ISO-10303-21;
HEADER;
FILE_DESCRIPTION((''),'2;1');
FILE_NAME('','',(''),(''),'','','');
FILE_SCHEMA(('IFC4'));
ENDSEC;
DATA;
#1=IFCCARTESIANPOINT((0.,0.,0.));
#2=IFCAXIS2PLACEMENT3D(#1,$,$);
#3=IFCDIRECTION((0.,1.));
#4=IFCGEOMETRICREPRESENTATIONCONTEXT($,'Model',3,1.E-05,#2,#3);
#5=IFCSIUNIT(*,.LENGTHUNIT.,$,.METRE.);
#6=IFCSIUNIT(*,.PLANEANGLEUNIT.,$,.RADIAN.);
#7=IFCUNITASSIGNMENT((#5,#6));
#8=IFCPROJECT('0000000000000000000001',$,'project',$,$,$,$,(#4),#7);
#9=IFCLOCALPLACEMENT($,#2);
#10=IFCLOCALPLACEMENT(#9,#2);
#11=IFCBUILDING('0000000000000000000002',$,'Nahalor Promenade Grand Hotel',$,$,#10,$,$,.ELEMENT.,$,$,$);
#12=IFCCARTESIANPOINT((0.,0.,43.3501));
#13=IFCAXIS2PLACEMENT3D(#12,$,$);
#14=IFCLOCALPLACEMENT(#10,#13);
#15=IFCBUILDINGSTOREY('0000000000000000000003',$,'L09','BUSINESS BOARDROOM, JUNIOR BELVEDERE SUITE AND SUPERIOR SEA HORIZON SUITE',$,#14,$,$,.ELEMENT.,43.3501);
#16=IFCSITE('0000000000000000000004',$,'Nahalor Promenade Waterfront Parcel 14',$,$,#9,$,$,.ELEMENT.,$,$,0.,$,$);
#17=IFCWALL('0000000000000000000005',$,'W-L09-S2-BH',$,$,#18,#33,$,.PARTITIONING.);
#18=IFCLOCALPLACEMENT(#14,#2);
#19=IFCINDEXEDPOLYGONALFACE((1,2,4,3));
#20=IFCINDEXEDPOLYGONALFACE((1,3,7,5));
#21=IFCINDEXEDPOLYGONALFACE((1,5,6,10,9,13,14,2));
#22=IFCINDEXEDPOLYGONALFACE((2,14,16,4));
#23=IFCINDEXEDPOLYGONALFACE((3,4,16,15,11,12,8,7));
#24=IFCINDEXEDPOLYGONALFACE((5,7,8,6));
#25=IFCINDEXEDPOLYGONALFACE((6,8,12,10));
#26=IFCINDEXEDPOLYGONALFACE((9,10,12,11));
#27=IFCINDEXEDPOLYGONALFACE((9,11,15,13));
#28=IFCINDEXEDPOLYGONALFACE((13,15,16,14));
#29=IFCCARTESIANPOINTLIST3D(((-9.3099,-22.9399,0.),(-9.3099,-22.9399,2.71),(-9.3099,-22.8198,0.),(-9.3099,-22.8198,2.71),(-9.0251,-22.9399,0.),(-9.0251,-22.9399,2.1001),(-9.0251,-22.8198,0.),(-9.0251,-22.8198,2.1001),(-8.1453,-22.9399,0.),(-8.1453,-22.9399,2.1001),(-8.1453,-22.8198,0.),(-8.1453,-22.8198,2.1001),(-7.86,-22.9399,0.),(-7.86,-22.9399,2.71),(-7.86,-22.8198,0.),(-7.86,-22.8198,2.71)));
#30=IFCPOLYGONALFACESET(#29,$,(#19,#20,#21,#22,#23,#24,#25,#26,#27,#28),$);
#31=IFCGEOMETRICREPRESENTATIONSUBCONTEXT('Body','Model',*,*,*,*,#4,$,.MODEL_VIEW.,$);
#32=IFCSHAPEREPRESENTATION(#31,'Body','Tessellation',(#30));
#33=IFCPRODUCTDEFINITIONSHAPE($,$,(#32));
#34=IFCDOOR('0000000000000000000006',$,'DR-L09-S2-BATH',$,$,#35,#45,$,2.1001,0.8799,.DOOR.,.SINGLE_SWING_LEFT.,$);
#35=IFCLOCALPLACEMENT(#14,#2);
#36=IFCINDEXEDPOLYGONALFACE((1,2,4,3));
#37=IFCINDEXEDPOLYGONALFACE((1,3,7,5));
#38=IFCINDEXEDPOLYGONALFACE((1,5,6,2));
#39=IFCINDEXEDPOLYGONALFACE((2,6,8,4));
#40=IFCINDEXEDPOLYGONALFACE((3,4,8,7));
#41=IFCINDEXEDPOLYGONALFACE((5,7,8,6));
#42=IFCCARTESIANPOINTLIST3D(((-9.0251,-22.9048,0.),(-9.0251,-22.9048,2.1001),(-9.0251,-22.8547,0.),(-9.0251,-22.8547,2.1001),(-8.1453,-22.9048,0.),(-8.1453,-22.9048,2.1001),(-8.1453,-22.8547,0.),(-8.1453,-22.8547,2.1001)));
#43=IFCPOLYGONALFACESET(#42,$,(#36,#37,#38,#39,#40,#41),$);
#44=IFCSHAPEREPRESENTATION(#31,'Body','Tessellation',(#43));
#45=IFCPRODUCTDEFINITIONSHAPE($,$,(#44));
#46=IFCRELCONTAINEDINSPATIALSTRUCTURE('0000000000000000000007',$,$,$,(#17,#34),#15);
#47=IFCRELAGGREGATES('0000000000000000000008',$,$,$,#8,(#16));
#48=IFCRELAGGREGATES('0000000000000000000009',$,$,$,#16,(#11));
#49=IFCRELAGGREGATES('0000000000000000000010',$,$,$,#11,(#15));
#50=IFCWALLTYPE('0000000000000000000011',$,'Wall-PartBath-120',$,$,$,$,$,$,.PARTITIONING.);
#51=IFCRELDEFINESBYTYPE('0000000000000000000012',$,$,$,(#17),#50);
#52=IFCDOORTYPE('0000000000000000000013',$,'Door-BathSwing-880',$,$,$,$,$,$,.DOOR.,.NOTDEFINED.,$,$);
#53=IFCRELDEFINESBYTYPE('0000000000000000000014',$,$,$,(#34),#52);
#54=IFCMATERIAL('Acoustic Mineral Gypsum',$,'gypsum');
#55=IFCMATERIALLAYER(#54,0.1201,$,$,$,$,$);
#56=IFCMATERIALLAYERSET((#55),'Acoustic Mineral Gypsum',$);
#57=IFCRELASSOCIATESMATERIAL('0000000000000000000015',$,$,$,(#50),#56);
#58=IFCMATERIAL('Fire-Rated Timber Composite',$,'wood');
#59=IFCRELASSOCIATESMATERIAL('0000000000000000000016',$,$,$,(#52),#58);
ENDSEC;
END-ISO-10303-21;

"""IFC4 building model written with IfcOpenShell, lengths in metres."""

from ifc_helpers import new_model, si_unit, direction, frame, frame_2d, origin, place, context, subcontext, project, spatial, rectangle, extrude, source, transform, mapped, material, layer, layer_set, type_object, element, fill, save


model = new_model("IFC4")

# Units and contexts
model_context = context("Model", 3, precision=1e-05, world=origin(), true_north=direction((0.0, 1.0)))
body_context = subcontext(model_context, "Body", "Model", "MODEL_VIEW")
ifc_project = project(units=[si_unit("LENGTHUNIT", "METRE"), si_unit("PLANEANGLEUNIT", "RADIAN")], contexts=[model_context])

# Site, building, storey
site_placement = place(None, origin())
site = spatial("IfcSite", under=ifc_project, at=site_placement, Name="Nahalor Promenade Waterfront Parcel 14", CompositionType="ELEMENT", RefElevation=0.0)
building_placement = place(site_placement, origin())
building = spatial("IfcBuilding", under=site, at=building_placement, Name="Nahalor Promenade Grand Hotel", CompositionType="ELEMENT")
storey_placement = place(building_placement, frame((0.0, 0.0, 43.3501)))
storey = spatial("IfcBuildingStorey", under=building, at=storey_placement, Name="L09", Description="BUSINESS BOARDROOM, JUNIOR BELVEDERE SUITE AND SUPERIOR SEA HORIZON SUITE", CompositionType="ELEMENT", Elevation=43.3501)

# Shared definitions
ifc_material_1 = material(Name="Acoustic Mineral Gypsum", Category="gypsum")
ifc_layer_1 = layer(ifc_material_1, 0.1201)
ifc_layer_set_1 = layer_set([ifc_layer_1], Name="Acoustic Mineral Gypsum")
wall_type_1 = type_object("IfcWallType", Name="Wall-PartBath-120", PredefinedType="PARTITIONING", material=ifc_layer_set_1)

# Wall, opening, door
shared_shape_1 = source(origin(), body_context, "Body", "SweptSolid", [
    extrude(rectangle(XDim=1.45, YDim=0.1201, at=frame_2d((0.7251, 0.0))), origin(), (0.0, 0.0, 1.0), 2.71),
])
wall_1_placement = place(storey_placement, frame((-9.3101, -22.8799, 0.0), z_axis=(0.0, 0.0, 1.0), x_axis=(1.0, 0.0, 0.0)))
wall_1 = element("IfcWall", 1, at=wall_1_placement, inside=storey, type_object=wall_type_1, Name="W-L09-S2-BH", PredefinedType="PARTITIONING", context=body_context, shape_type="MappedRepresentation", body=[
    mapped(shared_shape_1, transform((0.0, 0.0, 0.0), scale=1.0)),
])
opening_placement = place(wall_1_placement, frame((0.2849, 0.0, 0.0)))
opening = element("IfcOpeningElement", 2, at=opening_placement, cuts=wall_1, PredefinedType="OPENING", context=body_context, shape_type="SweptSolid", body=[
    extrude(rectangle(XDim=0.8799, YDim=2.1001, at=frame_2d((0.4399, 1.05))), frame((0.0, 0.0701, 0.0), z_axis=(0.0, -1.0, 0.0), x_axis=(1.0, 0.0, 0.0)), (0.0, 0.0, 1.0), 0.1401),
])
ifc_material_2 = material(Name="Fire-Rated Timber Composite", Category="wood")
door_type = type_object("IfcDoorType", Name="Door-BathSwing-880", OperationType="NOTDEFINED", PredefinedType="DOOR", material=ifc_material_2)
shared_shape_2 = source(origin(), body_context, "Body", "SweptSolid", [
    extrude(rectangle(XDim=0.8799, YDim=2.1001, at=frame_2d((0.4399, 1.05))), frame((0.0, 0.0249, 0.0), z_axis=(0.0, -1.0, 0.0), x_axis=(1.0, 0.0, 0.0)), (0.0, 0.0, 1.0), 0.05),
])
door_placement = place(opening_placement, frame((0.8799, 0.0, 0.0), z_axis=(0.0, 0.0, 1.0), x_axis=(-1.0, 0.0, 0.0)))
door = element("IfcDoor", 3, at=door_placement, inside=storey, type_object=door_type, Name="DR-L09-S2-BATH", OperationType="SINGLE_SWING_LEFT", OverallHeight=2.1001, OverallWidth=0.8799, PredefinedType="DOOR", context=body_context, shape_type="MappedRepresentation", body=[
    mapped(shared_shape_2, transform((0.0, 0.0, 0.0), scale=1.0)),
])
fill(opening, door)

save(model, "model.ifc")
